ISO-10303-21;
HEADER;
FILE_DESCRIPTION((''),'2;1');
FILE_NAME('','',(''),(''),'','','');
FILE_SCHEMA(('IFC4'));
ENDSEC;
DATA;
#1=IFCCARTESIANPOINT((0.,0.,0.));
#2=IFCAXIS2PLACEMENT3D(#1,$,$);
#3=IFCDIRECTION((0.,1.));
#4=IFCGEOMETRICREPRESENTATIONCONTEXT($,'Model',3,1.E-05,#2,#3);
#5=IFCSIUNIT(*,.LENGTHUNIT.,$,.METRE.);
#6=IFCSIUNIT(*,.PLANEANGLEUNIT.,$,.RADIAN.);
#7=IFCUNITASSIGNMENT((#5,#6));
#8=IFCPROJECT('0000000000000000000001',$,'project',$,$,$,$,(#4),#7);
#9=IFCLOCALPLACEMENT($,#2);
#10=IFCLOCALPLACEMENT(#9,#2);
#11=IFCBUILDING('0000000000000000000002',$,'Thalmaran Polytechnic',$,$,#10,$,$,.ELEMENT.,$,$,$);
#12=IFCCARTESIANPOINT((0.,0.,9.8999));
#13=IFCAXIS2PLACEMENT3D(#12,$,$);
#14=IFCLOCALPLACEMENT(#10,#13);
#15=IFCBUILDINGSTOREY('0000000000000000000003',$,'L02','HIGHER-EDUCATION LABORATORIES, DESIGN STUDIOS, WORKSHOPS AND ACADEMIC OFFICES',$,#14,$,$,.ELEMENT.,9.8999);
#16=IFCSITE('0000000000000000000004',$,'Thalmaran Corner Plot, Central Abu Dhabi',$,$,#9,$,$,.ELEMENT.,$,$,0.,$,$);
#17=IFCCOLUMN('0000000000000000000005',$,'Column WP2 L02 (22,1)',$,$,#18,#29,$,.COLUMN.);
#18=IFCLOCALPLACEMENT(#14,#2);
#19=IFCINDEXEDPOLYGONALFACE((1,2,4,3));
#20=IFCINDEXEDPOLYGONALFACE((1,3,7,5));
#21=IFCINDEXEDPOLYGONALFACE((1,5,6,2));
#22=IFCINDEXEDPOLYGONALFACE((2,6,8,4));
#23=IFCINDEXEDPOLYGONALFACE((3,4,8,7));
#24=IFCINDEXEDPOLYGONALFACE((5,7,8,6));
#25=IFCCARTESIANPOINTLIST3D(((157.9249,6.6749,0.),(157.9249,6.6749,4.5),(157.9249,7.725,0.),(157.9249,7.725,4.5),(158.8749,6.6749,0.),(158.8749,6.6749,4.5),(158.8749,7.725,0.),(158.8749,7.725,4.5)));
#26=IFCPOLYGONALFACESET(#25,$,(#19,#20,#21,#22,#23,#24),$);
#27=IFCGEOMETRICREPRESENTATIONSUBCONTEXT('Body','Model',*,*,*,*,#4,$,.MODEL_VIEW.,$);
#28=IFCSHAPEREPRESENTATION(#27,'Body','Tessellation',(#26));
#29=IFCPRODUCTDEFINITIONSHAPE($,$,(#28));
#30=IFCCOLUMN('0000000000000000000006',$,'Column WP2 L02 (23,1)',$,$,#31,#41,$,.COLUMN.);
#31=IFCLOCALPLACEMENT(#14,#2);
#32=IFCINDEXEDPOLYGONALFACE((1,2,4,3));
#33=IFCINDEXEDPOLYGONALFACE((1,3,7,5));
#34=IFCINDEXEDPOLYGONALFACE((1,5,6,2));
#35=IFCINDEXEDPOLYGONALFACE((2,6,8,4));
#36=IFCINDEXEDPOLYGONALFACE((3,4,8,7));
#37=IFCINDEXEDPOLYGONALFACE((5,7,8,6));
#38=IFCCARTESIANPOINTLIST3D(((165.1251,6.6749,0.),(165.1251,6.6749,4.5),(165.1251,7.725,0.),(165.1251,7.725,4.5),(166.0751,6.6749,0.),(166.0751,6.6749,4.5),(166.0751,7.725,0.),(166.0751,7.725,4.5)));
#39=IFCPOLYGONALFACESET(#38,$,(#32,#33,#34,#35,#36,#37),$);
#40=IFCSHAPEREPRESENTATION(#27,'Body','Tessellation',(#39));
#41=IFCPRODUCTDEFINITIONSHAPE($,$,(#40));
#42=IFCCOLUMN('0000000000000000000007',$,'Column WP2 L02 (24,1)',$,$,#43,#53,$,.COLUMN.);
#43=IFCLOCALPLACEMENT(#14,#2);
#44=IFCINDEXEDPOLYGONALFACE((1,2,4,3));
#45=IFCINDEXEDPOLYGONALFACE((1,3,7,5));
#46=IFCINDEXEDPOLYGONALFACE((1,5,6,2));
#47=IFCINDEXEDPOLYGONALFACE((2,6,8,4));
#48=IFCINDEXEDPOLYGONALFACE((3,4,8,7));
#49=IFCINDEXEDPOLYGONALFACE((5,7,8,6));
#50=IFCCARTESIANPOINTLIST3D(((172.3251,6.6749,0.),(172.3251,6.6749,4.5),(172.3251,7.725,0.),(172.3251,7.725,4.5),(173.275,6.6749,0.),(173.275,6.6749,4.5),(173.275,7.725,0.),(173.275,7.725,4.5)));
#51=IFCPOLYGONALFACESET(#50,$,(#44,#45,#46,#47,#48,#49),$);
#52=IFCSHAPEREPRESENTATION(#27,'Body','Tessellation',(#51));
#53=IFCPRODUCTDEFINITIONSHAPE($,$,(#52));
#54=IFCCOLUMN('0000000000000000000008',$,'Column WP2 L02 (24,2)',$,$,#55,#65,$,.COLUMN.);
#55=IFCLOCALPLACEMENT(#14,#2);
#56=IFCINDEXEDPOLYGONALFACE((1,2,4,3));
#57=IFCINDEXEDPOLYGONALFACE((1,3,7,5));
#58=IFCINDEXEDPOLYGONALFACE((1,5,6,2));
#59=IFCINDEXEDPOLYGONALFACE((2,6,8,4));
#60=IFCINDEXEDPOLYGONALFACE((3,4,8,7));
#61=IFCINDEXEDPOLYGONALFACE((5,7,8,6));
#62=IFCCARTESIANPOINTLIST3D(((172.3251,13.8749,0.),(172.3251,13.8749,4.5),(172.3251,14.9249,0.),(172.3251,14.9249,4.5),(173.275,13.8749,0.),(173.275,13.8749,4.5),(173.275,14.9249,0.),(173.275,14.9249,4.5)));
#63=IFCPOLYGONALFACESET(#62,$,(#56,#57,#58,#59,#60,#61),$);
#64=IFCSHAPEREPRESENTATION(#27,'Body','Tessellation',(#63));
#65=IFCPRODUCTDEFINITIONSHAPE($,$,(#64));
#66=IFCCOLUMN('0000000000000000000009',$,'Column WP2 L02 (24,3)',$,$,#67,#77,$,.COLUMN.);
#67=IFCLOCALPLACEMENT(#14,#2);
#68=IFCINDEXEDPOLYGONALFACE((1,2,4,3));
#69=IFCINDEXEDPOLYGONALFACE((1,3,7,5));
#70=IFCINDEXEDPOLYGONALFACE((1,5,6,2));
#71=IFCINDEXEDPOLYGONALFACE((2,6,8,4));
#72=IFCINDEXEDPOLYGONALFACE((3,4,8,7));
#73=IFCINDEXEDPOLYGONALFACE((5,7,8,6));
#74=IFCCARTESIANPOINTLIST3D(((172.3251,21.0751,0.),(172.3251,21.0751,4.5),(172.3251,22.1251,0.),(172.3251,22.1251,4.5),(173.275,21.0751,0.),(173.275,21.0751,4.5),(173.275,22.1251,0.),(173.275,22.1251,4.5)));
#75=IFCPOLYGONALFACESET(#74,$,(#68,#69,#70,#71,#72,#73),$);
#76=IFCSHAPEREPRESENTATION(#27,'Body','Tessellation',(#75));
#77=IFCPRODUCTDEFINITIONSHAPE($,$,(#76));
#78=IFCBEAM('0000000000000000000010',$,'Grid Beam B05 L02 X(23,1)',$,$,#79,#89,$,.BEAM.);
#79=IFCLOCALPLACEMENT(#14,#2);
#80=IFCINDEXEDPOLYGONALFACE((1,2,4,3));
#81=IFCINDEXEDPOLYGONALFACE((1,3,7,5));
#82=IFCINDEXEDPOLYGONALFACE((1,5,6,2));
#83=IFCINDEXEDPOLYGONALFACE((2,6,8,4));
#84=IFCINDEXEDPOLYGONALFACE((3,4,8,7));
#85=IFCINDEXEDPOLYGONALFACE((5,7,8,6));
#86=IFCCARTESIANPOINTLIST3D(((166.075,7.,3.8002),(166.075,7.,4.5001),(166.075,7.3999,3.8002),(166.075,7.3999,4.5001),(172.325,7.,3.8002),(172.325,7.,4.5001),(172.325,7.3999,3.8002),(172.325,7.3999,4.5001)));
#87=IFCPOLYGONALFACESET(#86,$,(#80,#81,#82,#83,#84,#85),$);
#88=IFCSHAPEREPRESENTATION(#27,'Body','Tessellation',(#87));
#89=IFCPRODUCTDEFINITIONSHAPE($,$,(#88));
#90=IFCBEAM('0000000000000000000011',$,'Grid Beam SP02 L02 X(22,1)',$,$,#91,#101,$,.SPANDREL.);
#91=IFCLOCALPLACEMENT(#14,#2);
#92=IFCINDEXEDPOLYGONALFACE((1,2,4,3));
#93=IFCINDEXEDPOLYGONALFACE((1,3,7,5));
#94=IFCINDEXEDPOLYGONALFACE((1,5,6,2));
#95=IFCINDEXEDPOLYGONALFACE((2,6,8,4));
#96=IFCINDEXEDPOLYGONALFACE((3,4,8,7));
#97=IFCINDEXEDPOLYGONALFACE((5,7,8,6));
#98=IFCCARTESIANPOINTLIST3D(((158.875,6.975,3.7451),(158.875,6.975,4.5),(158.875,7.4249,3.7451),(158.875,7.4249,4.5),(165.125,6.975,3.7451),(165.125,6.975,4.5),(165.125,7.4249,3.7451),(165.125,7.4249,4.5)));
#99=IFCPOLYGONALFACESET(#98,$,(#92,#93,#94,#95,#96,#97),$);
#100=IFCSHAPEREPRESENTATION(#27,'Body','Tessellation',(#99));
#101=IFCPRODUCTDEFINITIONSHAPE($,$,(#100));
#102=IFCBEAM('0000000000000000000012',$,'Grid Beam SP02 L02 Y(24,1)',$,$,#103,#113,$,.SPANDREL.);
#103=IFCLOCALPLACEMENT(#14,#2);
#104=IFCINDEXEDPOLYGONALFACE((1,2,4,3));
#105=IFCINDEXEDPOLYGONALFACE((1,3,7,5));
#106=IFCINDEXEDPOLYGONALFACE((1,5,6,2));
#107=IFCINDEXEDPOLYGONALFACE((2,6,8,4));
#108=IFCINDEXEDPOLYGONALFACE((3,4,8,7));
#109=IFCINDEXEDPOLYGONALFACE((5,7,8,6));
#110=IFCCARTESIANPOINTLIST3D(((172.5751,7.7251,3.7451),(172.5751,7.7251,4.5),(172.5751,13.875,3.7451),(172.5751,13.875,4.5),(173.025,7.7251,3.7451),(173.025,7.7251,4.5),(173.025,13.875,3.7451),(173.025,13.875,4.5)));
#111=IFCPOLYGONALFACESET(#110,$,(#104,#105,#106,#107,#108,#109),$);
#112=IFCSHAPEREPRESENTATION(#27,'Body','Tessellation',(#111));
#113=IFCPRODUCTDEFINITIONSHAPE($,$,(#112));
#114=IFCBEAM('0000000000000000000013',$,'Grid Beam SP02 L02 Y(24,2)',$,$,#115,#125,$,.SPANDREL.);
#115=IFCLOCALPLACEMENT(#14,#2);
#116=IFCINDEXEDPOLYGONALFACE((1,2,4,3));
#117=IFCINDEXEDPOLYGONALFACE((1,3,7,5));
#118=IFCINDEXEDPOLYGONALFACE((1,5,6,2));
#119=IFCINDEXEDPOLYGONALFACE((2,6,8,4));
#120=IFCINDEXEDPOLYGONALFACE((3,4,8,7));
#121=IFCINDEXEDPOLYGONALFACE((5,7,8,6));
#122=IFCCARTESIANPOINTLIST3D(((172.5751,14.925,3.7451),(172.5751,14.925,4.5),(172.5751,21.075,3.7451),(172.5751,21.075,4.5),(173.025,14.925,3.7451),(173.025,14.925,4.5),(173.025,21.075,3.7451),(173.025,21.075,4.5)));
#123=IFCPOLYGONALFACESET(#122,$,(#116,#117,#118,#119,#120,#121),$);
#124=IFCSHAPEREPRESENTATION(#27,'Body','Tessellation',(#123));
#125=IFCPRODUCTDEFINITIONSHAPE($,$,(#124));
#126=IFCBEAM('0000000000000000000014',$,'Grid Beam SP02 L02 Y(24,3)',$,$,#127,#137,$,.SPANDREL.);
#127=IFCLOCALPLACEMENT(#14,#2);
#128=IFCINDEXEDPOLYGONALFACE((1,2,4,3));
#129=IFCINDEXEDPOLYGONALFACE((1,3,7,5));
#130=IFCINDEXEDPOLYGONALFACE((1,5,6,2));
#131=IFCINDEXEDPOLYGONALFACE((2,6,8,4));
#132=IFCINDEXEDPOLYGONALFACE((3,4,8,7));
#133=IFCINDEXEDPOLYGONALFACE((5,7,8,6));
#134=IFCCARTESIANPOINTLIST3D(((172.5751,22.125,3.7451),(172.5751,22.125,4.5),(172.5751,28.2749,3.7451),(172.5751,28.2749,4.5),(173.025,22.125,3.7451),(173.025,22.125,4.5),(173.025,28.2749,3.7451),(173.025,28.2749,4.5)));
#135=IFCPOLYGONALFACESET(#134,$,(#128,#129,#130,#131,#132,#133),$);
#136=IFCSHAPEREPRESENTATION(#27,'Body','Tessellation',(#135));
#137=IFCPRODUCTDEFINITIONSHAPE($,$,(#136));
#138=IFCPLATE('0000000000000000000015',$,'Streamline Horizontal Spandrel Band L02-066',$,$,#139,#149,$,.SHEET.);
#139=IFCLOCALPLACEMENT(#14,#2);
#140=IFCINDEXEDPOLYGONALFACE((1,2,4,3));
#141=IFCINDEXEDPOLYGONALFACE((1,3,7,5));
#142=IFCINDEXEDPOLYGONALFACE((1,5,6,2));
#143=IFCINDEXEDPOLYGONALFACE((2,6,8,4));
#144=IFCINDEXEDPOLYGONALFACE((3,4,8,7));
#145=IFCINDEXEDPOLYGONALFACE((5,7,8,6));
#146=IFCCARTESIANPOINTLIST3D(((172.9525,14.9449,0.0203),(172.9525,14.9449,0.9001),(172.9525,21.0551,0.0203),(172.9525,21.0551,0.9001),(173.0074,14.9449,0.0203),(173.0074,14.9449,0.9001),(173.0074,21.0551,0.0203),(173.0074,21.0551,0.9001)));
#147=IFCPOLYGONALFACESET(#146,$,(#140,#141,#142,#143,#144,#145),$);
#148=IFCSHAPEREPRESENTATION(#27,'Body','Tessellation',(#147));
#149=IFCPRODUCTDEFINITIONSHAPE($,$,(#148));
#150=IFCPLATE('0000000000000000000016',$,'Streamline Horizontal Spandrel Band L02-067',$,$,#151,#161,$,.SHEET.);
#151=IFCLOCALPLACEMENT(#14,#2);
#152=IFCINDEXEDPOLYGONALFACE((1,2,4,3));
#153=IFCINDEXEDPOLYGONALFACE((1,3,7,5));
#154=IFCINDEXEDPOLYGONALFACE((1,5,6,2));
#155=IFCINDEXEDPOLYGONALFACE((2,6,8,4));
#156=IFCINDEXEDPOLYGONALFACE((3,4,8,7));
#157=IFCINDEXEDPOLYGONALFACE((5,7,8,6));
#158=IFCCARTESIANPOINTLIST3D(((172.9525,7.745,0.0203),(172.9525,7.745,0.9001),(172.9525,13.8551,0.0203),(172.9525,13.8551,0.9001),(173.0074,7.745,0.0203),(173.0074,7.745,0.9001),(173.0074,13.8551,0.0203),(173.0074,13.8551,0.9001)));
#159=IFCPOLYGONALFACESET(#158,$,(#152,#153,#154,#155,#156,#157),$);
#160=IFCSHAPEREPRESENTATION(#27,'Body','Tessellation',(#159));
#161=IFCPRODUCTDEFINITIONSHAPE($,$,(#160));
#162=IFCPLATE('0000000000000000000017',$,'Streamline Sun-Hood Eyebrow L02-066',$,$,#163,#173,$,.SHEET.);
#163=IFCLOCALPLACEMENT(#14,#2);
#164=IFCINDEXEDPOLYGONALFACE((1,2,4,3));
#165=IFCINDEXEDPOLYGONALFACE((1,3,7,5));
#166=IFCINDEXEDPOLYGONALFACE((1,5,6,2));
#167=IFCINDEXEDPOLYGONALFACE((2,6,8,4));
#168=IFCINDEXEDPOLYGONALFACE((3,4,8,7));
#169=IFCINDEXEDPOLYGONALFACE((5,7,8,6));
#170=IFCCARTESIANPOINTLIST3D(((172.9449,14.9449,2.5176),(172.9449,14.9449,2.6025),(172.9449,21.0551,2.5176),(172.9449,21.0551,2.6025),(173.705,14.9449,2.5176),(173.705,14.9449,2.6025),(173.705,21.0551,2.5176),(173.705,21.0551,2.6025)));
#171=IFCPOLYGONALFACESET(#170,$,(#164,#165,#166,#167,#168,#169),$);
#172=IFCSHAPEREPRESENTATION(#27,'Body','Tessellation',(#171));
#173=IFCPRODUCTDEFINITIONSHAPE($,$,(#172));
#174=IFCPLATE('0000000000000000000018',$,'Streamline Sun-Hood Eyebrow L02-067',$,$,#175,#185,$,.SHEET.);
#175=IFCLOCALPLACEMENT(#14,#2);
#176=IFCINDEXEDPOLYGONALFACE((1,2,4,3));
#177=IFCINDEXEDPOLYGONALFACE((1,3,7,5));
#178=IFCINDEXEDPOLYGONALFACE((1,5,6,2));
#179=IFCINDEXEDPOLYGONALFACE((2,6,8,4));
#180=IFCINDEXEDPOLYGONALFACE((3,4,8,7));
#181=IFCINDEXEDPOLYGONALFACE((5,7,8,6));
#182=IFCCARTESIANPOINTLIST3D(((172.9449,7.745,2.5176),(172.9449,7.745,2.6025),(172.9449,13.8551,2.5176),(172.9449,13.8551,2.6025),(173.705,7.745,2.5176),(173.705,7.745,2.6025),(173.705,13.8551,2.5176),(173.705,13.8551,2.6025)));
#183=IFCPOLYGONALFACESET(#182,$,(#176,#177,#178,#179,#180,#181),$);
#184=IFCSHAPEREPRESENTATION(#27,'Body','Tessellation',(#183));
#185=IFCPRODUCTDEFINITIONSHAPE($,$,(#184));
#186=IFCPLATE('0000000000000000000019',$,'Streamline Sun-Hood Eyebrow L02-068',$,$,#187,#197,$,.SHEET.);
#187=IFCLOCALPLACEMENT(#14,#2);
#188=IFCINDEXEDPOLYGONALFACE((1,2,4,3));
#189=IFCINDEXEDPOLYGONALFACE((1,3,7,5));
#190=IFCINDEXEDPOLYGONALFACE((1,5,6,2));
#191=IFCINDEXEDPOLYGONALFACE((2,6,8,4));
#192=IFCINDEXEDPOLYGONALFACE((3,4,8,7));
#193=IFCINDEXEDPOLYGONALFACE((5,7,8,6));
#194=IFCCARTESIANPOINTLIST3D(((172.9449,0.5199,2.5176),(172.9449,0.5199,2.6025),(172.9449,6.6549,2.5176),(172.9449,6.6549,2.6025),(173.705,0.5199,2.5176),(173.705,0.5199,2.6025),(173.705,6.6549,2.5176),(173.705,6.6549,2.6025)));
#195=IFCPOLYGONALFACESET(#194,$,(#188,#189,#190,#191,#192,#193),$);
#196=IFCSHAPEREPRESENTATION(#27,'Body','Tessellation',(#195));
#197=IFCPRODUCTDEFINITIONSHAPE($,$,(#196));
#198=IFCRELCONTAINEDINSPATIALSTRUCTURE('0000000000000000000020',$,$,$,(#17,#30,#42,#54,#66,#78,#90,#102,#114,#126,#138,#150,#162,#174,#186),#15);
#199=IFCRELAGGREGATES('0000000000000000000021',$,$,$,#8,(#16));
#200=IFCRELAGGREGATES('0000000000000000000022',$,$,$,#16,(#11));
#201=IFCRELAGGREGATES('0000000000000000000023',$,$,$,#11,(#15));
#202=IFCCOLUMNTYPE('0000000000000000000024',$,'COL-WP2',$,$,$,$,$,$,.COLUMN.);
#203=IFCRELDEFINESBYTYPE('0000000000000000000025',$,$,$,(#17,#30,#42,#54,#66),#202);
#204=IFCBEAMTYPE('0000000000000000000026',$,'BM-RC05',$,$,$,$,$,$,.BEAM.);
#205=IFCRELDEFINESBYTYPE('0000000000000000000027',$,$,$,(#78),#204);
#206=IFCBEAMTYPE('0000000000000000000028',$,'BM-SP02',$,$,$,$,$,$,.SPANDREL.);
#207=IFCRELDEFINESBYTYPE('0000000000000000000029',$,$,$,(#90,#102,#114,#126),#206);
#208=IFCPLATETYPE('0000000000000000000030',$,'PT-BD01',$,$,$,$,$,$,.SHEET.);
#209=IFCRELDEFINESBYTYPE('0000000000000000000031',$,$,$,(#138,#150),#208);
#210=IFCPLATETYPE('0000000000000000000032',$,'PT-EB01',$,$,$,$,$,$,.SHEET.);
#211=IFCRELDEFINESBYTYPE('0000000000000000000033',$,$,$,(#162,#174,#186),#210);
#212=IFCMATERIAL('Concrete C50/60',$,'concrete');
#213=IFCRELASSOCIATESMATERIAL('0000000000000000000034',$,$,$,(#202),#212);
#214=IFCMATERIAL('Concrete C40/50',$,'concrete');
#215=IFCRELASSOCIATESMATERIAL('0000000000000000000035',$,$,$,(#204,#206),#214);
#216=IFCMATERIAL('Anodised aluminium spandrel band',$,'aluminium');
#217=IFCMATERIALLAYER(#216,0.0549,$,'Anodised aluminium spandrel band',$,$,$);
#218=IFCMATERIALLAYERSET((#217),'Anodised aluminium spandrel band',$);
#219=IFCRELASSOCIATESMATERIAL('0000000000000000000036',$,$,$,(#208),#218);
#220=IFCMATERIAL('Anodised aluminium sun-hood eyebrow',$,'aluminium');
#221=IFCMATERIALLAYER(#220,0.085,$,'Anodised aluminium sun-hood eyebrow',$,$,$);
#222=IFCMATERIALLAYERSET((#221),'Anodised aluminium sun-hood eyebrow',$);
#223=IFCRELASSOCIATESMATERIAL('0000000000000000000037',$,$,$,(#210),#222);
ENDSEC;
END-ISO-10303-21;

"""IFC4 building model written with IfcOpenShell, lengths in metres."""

from ifc_helpers import new_model, si_unit, direction, frame, origin, origin_2d, place, context, subcontext, project, spatial, rectangle, extrude, material, layer, layer_set, material_profile, profile_set, type_object, element, save


model = new_model("IFC4")

# Units and contexts
model_context = context("Model", 3, precision=1e-05, world=origin(), true_north=direction((0.0, 1.0)))
body_context = subcontext(model_context, "Body", "Model", "MODEL_VIEW")
ifc_project = project(units=[si_unit("LENGTHUNIT", "METRE"), si_unit("PLANEANGLEUNIT", "RADIAN")], contexts=[model_context])

# Site, building, storey
site_placement = place(None, origin())
site = spatial("IfcSite", under=ifc_project, at=site_placement, Name="Thalmaran Corner Plot, Central Abu Dhabi", CompositionType="ELEMENT", RefElevation=0.0)
building_placement = place(site_placement, origin())
building = spatial("IfcBuilding", under=site, at=building_placement, Name="Thalmaran Polytechnic", CompositionType="ELEMENT")
storey_placement = place(building_placement, frame((0.0, 0.0, 9.8999)))
storey = spatial("IfcBuildingStorey", under=building, at=storey_placement, Name="L02", Description="HIGHER-EDUCATION LABORATORIES, DESIGN STUDIOS, WORKSHOPS AND ACADEMIC OFFICES", CompositionType="ELEMENT", Elevation=9.8999)

# Columns
ifc_material_1 = material(Name="Concrete C50/60", Category="concrete")
ifc_material_profile_1 = material_profile(ifc_material_1, rectangle(XDim=0.95, YDim=1.05, at=origin_2d()), Name="RC 950x1050")
ifc_profile_set_1 = profile_set([ifc_material_profile_1], Name="Concrete C50/60")
column_type = type_object("IfcColumnType", Name="COL-WP2", PredefinedType="COLUMN", material=ifc_profile_set_1)
for number, where, z_axis, x_axis, name in (
    (1, (158.3999, 7.2, 0.0), (0.0, 0.0, 1.0), (1.0, 0.0, 0.0), "Column WP2 L02 (22,1)"),
    (2, (165.6001, 7.2, 0.0), (0.0, 0.0, 1.0), (1.0, 0.0, 0.0), "Column WP2 L02 (23,1)"),
    (3, (172.8, 7.2, 0.0), (0.0, 0.0, 1.0), (1.0, 0.0, 0.0), "Column WP2 L02 (24,1)"),
    (4, (172.8, 14.3999, 0.0), (0.0, 0.0, 1.0), (1.0, 0.0, 0.0), "Column WP2 L02 (24,2)"),
    (5, (172.8, 21.6001, 0.0), (0.0, 0.0, 1.0), (1.0, 0.0, 0.0), "Column WP2 L02 (24,3)"),
):
    element("IfcColumn", number, at=place(storey_placement, frame(where, z_axis=z_axis, x_axis=x_axis)), inside=storey, type_object=column_type, Name=name, PredefinedType="COLUMN", context=body_context, shape_type="SweptSolid", body=[
        extrude(rectangle(XDim=0.95, YDim=1.05, at=origin_2d()), origin(), (0.0, 0.0, 1.0), 4.5),
    ])

# Beams
ifc_material_2 = material(Name="Concrete C40/50", Category="concrete")
ifc_material_profile_2 = material_profile(ifc_material_2, rectangle(XDim=0.3999, YDim=0.7, at=origin_2d()), Name="RC 400x700")
ifc_profile_set_2 = profile_set([ifc_material_profile_2], Name="Concrete C40/50")
beam_type_1 = type_object("IfcBeamType", Name="BM-RC05", PredefinedType="BEAM", material=ifc_profile_set_2)
beam_1_placement = place(storey_placement, frame((166.075, 7.2, 4.1501), z_axis=(1.0, 0.0, 0.0), x_axis=(0.0, 1.0, 0.0)))
element("IfcBeam", 6, at=beam_1_placement, inside=storey, type_object=beam_type_1, Name="Grid Beam B05 L02 X(23,1)", PredefinedType="BEAM", context=body_context, shape_type="SweptSolid", body=[
    extrude(rectangle(XDim=0.3999, YDim=0.7, at=origin_2d()), origin(), (0.0, 0.0, 1.0), 6.25),
])
ifc_material_profile_3 = material_profile(ifc_material_2, rectangle(XDim=0.45, YDim=0.7549, at=origin_2d()), Name="RC 450x755")
ifc_profile_set_3 = profile_set([ifc_material_profile_3], Name="Concrete C40/50")
beam_type_2 = type_object("IfcBeamType", Name="BM-SP02", PredefinedType="SPANDREL", material=ifc_profile_set_3)
beam_2_placement = place(storey_placement, frame((158.875, 7.2, 4.1226), z_axis=(1.0, 0.0, 0.0), x_axis=(0.0, 1.0, 0.0)))
element("IfcBeam", 7, at=beam_2_placement, inside=storey, type_object=beam_type_2, Name="Grid Beam SP02 L02 X(22,1)", PredefinedType="SPANDREL", context=body_context, shape_type="SweptSolid", body=[
    extrude(rectangle(XDim=0.45, YDim=0.7549, at=origin_2d()), origin(), (0.0, 0.0, 1.0), 6.25),
])
for number, where, z_axis, x_axis, name in (
    (8, (172.8, 7.7251, 4.1226), (0.0, 1.0, 0.0), (-1.0, 0.0, 0.0), "Grid Beam SP02 L02 Y(24,1)"),
    (9, (172.8, 14.925, 4.1226), (0.0, 1.0, 0.0), (-1.0, 0.0, 0.0), "Grid Beam SP02 L02 Y(24,2)"),
    (10, (172.8, 22.125, 4.1226), (0.0, 1.0, 0.0), (-1.0, 0.0, 0.0), "Grid Beam SP02 L02 Y(24,3)"),
):
    element("IfcBeam", number, at=place(storey_placement, frame(where, z_axis=z_axis, x_axis=x_axis)), inside=storey, type_object=beam_type_2, Name=name, PredefinedType="SPANDREL", context=body_context, shape_type="SweptSolid", body=[
        extrude(rectangle(XDim=0.45, YDim=0.7549, at=origin_2d()), origin(), (0.0, 0.0, 1.0), 6.1499),
    ])

# Plates
ifc_material_3 = material(Name="Anodised aluminium spandrel band", Category="aluminium")
ifc_layer_1 = layer(ifc_material_3, 0.0549, Name="Anodised aluminium spandrel band")
ifc_layer_set_1 = layer_set([ifc_layer_1], Name="Anodised aluminium spandrel band")
plate_type_1 = type_object("IfcPlateType", Name="PT-BD01", PredefinedType="SHEET", material=ifc_layer_set_1)
for number, where, z_axis, x_axis, name in (
    (11, (172.98, 18.0, 0.0203), (0.0, 0.0, 1.0), (0.0, -1.0, 0.0), "Streamline Horizontal Spandrel Band L02-066"),
    (12, (172.98, 10.8, 0.0203), (0.0, 0.0, 1.0), (0.0, -1.0, 0.0), "Streamline Horizontal Spandrel Band L02-067"),
):
    element("IfcPlate", number, at=place(storey_placement, frame(where, z_axis=z_axis, x_axis=x_axis)), inside=storey, type_object=plate_type_1, Name=name, PredefinedType="SHEET", context=body_context, shape_type="SweptSolid", body=[
        extrude(rectangle(XDim=6.1101, YDim=0.0549, at=origin_2d()), origin(), (0.0, 0.0, 1.0), 0.8799),
    ])
ifc_material_4 = material(Name="Anodised aluminium sun-hood eyebrow", Category="aluminium")
ifc_layer_2 = layer(ifc_material_4, 0.085, Name="Anodised aluminium sun-hood eyebrow")
ifc_layer_set_2 = layer_set([ifc_layer_2], Name="Anodised aluminium sun-hood eyebrow")
plate_type_2 = type_object("IfcPlateType", Name="PT-EB01", PredefinedType="SHEET", material=ifc_layer_set_2)
for number, where, z_axis, x_axis, name in (
    (13, (173.325, 18.0, 2.5176), (0.0, 0.0, 1.0), (0.0, -1.0, 0.0), "Streamline Sun-Hood Eyebrow L02-066"),
    (14, (173.325, 10.8, 2.5176), (0.0, 0.0, 1.0), (0.0, -1.0, 0.0), "Streamline Sun-Hood Eyebrow L02-067"),
):
    element("IfcPlate", number, at=place(storey_placement, frame(where, z_axis=z_axis, x_axis=x_axis)), inside=storey, type_object=plate_type_2, Name=name, PredefinedType="SHEET", context=body_context, shape_type="SweptSolid", body=[
        extrude(rectangle(XDim=6.1101, YDim=0.76, at=origin_2d()), origin(), (0.0, 0.0, 1.0), 0.085),
    ])
plate_placement = place(storey_placement, frame((173.325, 3.5874, 2.5176), z_axis=(0.0, 0.0, 1.0), x_axis=(0.0, -1.0, 0.0)))
element("IfcPlate", 15, at=plate_placement, inside=storey, type_object=plate_type_2, Name="Streamline Sun-Hood Eyebrow L02-068", PredefinedType="SHEET", context=body_context, shape_type="SweptSolid", body=[
    extrude(rectangle(XDim=6.135, YDim=0.76, at=origin_2d()), origin(), (0.0, 0.0, 1.0), 0.085),
])

save(model, "model.ifc")
